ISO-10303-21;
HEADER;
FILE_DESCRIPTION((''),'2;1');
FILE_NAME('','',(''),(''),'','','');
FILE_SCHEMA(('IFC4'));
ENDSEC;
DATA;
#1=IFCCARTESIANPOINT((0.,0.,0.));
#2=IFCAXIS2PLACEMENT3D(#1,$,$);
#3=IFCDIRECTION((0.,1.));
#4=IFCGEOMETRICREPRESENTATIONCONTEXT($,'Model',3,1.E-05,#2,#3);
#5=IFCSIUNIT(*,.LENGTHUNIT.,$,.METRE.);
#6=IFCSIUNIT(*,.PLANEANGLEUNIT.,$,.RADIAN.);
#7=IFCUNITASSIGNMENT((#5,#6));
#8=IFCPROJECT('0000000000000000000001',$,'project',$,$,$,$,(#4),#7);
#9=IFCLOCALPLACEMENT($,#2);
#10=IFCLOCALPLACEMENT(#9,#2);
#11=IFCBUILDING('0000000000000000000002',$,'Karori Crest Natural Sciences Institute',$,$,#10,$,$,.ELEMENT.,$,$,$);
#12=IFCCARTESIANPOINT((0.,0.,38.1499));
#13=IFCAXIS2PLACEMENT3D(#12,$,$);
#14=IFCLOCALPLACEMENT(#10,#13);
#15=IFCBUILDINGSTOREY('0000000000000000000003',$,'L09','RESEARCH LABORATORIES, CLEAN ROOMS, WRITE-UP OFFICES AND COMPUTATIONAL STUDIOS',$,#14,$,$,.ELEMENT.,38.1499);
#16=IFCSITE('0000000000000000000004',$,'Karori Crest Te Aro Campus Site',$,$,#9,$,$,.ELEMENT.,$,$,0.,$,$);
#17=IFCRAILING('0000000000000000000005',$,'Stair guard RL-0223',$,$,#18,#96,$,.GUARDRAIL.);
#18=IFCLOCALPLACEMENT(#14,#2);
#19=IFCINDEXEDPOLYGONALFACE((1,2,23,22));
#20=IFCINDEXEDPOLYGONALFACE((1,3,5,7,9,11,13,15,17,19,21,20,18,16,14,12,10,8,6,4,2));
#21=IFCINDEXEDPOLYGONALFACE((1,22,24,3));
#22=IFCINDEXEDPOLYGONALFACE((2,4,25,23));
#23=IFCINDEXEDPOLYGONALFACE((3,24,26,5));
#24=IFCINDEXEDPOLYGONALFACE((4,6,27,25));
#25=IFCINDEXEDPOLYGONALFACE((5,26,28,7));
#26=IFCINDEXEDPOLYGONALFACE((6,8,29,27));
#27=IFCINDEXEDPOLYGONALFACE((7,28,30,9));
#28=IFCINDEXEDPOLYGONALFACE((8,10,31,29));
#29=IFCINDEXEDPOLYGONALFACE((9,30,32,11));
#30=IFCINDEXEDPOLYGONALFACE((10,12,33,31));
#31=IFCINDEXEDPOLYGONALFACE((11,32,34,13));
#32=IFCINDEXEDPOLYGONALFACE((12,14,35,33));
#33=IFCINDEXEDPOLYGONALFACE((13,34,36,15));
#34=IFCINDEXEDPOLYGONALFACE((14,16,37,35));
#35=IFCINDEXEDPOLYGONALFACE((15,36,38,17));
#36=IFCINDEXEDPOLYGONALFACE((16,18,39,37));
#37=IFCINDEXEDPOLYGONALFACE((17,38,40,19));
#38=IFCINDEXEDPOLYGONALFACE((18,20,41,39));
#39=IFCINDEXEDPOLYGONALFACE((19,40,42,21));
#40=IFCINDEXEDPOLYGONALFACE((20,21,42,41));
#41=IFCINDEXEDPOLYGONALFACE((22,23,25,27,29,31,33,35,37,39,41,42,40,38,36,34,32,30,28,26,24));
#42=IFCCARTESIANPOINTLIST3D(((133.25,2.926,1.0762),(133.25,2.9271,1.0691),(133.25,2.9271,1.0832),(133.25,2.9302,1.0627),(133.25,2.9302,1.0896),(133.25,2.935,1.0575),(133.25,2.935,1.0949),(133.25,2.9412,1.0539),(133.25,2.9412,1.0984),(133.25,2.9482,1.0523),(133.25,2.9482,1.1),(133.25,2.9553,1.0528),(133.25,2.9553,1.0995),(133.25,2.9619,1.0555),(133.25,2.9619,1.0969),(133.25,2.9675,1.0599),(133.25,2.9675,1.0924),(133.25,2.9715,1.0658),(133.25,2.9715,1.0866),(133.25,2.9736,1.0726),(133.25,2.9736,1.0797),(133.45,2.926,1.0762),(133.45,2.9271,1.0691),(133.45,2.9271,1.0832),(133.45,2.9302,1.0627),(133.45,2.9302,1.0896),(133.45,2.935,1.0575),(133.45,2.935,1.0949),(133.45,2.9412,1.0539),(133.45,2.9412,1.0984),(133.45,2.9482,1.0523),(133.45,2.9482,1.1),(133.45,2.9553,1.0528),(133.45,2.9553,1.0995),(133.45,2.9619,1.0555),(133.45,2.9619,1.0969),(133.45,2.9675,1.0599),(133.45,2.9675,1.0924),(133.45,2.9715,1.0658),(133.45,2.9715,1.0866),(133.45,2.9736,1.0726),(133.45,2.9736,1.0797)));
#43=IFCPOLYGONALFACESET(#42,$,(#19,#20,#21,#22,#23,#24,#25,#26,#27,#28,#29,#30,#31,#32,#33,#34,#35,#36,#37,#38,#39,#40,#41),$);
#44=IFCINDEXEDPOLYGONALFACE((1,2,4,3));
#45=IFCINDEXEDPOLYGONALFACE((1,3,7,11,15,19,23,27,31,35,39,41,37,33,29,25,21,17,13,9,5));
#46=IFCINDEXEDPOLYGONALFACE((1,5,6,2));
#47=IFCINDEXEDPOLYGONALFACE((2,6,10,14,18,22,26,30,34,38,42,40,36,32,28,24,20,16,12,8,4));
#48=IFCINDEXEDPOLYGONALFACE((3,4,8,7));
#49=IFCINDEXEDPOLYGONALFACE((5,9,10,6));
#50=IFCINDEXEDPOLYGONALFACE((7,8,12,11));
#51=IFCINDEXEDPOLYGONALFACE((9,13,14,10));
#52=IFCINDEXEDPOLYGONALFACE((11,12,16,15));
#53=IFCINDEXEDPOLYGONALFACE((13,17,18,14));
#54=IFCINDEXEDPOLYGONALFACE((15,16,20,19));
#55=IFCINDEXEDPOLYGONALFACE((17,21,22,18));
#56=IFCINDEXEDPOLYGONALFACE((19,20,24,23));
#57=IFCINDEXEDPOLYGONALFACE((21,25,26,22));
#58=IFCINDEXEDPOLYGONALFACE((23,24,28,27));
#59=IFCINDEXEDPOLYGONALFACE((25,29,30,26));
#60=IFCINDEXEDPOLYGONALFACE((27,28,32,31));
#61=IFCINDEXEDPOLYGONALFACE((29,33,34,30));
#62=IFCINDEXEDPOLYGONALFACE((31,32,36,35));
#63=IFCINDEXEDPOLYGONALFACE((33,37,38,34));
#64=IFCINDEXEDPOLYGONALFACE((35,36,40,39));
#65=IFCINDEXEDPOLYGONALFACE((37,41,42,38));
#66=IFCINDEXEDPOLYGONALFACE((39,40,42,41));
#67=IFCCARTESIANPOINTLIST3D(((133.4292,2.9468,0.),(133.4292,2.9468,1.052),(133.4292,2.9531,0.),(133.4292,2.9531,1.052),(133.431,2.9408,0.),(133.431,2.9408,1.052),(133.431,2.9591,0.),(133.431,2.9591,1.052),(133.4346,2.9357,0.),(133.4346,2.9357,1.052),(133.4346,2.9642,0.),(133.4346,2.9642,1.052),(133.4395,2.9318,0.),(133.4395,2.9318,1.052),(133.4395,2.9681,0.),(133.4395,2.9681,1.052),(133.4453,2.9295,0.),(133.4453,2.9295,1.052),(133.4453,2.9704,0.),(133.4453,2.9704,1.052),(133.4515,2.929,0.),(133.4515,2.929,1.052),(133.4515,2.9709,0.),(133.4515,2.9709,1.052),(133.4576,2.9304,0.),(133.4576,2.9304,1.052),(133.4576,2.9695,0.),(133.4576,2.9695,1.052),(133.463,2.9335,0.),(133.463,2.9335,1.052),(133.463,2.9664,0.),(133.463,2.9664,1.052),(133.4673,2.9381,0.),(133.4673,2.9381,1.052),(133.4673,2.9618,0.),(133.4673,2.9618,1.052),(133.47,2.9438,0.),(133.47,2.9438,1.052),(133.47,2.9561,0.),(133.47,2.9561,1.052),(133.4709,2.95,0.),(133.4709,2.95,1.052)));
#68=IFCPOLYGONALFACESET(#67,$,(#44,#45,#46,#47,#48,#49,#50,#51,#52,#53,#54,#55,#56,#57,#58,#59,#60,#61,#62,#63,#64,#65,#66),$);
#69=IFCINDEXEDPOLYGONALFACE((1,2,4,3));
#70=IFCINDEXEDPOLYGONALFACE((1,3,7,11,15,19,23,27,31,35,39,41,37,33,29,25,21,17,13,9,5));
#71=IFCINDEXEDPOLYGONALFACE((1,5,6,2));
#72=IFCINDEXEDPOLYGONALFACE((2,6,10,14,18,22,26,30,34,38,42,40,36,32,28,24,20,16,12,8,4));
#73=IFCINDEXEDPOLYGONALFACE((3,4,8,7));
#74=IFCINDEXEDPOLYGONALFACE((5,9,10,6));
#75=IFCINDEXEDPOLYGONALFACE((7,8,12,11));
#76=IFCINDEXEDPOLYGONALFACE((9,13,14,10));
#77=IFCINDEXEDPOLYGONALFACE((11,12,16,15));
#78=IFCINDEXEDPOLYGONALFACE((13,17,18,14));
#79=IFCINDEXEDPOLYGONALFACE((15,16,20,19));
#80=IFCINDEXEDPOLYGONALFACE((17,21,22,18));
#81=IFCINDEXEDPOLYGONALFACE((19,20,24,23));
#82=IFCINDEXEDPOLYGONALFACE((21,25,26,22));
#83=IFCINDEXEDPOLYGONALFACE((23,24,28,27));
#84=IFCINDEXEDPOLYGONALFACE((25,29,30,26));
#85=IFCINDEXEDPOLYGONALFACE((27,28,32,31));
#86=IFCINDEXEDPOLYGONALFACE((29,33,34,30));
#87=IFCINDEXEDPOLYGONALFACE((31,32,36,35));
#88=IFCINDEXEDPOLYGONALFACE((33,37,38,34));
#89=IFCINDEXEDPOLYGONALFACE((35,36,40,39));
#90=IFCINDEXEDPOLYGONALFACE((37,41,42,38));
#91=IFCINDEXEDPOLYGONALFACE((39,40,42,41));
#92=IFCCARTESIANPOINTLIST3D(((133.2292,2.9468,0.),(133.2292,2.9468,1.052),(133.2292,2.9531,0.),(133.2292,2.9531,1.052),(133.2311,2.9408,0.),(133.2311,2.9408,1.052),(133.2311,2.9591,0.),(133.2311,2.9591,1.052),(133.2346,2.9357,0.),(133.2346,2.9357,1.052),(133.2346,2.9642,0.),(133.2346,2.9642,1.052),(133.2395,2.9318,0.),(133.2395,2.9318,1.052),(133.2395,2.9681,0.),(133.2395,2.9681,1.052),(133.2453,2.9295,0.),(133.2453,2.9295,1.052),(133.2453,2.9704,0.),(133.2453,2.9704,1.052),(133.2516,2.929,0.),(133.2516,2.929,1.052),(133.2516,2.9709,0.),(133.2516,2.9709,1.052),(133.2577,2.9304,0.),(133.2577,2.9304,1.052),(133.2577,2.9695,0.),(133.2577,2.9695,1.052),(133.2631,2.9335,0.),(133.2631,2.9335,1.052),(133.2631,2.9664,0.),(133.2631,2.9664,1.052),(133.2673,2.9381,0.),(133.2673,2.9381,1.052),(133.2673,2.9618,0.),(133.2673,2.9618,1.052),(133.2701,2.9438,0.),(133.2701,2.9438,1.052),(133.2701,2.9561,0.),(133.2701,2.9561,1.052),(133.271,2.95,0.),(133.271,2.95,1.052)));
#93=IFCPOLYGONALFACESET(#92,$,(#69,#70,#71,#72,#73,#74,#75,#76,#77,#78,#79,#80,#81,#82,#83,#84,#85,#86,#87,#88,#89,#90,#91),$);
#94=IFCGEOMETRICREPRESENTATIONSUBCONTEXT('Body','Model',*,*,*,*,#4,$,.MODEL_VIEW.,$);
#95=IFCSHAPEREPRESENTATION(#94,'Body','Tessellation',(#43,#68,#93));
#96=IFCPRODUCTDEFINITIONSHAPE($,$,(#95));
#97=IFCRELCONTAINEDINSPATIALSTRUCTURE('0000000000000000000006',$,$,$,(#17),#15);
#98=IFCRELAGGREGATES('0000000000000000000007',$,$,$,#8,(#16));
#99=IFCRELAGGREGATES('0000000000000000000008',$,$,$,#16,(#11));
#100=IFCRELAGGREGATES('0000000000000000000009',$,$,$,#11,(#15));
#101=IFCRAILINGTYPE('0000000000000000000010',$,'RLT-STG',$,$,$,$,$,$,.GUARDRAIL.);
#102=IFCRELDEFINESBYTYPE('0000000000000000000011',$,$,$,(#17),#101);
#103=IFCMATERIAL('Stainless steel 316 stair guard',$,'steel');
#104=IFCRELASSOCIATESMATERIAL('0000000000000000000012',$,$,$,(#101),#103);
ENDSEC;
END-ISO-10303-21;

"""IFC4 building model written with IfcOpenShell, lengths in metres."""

from ifc_helpers import new_model, si_unit, direction, frame, origin, origin_2d, place, context, subcontext, project, spatial, circle, extrude, material, type_object, element, save


model = new_model("IFC4")

# Units and contexts
model_context = context("Model", 3, precision=1e-05, world=origin(), true_north=direction((0.0, 1.0)))
body_context = subcontext(model_context, "Body", "Model", "MODEL_VIEW")
ifc_project = project(units=[si_unit("LENGTHUNIT", "METRE"), si_unit("PLANEANGLEUNIT", "RADIAN")], contexts=[model_context])

# Site, building, storey
site_placement = place(None, origin())
site = spatial("IfcSite", under=ifc_project, at=site_placement, Name="Karori Crest Te Aro Campus Site", CompositionType="ELEMENT", RefElevation=0.0)
building_placement = place(site_placement, origin())
building = spatial("IfcBuilding", under=site, at=building_placement, Name="Karori Crest Natural Sciences Institute", CompositionType="ELEMENT")
storey_placement = place(building_placement, frame((0.0, 0.0, 38.1499)))
storey = spatial("IfcBuildingStorey", under=building, at=storey_placement, Name="L09", Description="RESEARCH LABORATORIES, CLEAN ROOMS, WRITE-UP OFFICES AND COMPUTATIONAL STUDIOS", CompositionType="ELEMENT", Elevation=38.1499)

# Railing
ifc_material_1 = material(Name="Stainless steel 316 stair guard", Category="steel")
railing_type_1 = type_object("IfcRailingType", Name="RLT-STG", PredefinedType="GUARDRAIL", material=ifc_material_1)
railing_1_placement = place(storey_placement, frame((133.45, 2.95, 0.0)))
element("IfcRailing", 1, at=railing_1_placement, inside=storey, type_object=railing_type_1, Name="Stair guard RL-0223", PredefinedType="GUARDRAIL", context=body_context, shape_type="SweptSolid", body=[
    extrude(circle(Radius=0.0239, at=origin_2d()), frame((0.0, 0.0, 1.0762), z_axis=(-1.0, 0.0, 0.0), x_axis=(0.0, -1.0, 0.0)), (0.0, 0.0, 1.0), 0.2),
    extrude(circle(Radius=0.021, at=origin_2d()), origin(), (0.0, 0.0, 1.0), 1.052),
    extrude(circle(Radius=0.021, at=origin_2d()), frame((-0.2, 0.0, 0.0)), (0.0, 0.0, 1.0), 1.052),
])

save(model, "model.ifc")
